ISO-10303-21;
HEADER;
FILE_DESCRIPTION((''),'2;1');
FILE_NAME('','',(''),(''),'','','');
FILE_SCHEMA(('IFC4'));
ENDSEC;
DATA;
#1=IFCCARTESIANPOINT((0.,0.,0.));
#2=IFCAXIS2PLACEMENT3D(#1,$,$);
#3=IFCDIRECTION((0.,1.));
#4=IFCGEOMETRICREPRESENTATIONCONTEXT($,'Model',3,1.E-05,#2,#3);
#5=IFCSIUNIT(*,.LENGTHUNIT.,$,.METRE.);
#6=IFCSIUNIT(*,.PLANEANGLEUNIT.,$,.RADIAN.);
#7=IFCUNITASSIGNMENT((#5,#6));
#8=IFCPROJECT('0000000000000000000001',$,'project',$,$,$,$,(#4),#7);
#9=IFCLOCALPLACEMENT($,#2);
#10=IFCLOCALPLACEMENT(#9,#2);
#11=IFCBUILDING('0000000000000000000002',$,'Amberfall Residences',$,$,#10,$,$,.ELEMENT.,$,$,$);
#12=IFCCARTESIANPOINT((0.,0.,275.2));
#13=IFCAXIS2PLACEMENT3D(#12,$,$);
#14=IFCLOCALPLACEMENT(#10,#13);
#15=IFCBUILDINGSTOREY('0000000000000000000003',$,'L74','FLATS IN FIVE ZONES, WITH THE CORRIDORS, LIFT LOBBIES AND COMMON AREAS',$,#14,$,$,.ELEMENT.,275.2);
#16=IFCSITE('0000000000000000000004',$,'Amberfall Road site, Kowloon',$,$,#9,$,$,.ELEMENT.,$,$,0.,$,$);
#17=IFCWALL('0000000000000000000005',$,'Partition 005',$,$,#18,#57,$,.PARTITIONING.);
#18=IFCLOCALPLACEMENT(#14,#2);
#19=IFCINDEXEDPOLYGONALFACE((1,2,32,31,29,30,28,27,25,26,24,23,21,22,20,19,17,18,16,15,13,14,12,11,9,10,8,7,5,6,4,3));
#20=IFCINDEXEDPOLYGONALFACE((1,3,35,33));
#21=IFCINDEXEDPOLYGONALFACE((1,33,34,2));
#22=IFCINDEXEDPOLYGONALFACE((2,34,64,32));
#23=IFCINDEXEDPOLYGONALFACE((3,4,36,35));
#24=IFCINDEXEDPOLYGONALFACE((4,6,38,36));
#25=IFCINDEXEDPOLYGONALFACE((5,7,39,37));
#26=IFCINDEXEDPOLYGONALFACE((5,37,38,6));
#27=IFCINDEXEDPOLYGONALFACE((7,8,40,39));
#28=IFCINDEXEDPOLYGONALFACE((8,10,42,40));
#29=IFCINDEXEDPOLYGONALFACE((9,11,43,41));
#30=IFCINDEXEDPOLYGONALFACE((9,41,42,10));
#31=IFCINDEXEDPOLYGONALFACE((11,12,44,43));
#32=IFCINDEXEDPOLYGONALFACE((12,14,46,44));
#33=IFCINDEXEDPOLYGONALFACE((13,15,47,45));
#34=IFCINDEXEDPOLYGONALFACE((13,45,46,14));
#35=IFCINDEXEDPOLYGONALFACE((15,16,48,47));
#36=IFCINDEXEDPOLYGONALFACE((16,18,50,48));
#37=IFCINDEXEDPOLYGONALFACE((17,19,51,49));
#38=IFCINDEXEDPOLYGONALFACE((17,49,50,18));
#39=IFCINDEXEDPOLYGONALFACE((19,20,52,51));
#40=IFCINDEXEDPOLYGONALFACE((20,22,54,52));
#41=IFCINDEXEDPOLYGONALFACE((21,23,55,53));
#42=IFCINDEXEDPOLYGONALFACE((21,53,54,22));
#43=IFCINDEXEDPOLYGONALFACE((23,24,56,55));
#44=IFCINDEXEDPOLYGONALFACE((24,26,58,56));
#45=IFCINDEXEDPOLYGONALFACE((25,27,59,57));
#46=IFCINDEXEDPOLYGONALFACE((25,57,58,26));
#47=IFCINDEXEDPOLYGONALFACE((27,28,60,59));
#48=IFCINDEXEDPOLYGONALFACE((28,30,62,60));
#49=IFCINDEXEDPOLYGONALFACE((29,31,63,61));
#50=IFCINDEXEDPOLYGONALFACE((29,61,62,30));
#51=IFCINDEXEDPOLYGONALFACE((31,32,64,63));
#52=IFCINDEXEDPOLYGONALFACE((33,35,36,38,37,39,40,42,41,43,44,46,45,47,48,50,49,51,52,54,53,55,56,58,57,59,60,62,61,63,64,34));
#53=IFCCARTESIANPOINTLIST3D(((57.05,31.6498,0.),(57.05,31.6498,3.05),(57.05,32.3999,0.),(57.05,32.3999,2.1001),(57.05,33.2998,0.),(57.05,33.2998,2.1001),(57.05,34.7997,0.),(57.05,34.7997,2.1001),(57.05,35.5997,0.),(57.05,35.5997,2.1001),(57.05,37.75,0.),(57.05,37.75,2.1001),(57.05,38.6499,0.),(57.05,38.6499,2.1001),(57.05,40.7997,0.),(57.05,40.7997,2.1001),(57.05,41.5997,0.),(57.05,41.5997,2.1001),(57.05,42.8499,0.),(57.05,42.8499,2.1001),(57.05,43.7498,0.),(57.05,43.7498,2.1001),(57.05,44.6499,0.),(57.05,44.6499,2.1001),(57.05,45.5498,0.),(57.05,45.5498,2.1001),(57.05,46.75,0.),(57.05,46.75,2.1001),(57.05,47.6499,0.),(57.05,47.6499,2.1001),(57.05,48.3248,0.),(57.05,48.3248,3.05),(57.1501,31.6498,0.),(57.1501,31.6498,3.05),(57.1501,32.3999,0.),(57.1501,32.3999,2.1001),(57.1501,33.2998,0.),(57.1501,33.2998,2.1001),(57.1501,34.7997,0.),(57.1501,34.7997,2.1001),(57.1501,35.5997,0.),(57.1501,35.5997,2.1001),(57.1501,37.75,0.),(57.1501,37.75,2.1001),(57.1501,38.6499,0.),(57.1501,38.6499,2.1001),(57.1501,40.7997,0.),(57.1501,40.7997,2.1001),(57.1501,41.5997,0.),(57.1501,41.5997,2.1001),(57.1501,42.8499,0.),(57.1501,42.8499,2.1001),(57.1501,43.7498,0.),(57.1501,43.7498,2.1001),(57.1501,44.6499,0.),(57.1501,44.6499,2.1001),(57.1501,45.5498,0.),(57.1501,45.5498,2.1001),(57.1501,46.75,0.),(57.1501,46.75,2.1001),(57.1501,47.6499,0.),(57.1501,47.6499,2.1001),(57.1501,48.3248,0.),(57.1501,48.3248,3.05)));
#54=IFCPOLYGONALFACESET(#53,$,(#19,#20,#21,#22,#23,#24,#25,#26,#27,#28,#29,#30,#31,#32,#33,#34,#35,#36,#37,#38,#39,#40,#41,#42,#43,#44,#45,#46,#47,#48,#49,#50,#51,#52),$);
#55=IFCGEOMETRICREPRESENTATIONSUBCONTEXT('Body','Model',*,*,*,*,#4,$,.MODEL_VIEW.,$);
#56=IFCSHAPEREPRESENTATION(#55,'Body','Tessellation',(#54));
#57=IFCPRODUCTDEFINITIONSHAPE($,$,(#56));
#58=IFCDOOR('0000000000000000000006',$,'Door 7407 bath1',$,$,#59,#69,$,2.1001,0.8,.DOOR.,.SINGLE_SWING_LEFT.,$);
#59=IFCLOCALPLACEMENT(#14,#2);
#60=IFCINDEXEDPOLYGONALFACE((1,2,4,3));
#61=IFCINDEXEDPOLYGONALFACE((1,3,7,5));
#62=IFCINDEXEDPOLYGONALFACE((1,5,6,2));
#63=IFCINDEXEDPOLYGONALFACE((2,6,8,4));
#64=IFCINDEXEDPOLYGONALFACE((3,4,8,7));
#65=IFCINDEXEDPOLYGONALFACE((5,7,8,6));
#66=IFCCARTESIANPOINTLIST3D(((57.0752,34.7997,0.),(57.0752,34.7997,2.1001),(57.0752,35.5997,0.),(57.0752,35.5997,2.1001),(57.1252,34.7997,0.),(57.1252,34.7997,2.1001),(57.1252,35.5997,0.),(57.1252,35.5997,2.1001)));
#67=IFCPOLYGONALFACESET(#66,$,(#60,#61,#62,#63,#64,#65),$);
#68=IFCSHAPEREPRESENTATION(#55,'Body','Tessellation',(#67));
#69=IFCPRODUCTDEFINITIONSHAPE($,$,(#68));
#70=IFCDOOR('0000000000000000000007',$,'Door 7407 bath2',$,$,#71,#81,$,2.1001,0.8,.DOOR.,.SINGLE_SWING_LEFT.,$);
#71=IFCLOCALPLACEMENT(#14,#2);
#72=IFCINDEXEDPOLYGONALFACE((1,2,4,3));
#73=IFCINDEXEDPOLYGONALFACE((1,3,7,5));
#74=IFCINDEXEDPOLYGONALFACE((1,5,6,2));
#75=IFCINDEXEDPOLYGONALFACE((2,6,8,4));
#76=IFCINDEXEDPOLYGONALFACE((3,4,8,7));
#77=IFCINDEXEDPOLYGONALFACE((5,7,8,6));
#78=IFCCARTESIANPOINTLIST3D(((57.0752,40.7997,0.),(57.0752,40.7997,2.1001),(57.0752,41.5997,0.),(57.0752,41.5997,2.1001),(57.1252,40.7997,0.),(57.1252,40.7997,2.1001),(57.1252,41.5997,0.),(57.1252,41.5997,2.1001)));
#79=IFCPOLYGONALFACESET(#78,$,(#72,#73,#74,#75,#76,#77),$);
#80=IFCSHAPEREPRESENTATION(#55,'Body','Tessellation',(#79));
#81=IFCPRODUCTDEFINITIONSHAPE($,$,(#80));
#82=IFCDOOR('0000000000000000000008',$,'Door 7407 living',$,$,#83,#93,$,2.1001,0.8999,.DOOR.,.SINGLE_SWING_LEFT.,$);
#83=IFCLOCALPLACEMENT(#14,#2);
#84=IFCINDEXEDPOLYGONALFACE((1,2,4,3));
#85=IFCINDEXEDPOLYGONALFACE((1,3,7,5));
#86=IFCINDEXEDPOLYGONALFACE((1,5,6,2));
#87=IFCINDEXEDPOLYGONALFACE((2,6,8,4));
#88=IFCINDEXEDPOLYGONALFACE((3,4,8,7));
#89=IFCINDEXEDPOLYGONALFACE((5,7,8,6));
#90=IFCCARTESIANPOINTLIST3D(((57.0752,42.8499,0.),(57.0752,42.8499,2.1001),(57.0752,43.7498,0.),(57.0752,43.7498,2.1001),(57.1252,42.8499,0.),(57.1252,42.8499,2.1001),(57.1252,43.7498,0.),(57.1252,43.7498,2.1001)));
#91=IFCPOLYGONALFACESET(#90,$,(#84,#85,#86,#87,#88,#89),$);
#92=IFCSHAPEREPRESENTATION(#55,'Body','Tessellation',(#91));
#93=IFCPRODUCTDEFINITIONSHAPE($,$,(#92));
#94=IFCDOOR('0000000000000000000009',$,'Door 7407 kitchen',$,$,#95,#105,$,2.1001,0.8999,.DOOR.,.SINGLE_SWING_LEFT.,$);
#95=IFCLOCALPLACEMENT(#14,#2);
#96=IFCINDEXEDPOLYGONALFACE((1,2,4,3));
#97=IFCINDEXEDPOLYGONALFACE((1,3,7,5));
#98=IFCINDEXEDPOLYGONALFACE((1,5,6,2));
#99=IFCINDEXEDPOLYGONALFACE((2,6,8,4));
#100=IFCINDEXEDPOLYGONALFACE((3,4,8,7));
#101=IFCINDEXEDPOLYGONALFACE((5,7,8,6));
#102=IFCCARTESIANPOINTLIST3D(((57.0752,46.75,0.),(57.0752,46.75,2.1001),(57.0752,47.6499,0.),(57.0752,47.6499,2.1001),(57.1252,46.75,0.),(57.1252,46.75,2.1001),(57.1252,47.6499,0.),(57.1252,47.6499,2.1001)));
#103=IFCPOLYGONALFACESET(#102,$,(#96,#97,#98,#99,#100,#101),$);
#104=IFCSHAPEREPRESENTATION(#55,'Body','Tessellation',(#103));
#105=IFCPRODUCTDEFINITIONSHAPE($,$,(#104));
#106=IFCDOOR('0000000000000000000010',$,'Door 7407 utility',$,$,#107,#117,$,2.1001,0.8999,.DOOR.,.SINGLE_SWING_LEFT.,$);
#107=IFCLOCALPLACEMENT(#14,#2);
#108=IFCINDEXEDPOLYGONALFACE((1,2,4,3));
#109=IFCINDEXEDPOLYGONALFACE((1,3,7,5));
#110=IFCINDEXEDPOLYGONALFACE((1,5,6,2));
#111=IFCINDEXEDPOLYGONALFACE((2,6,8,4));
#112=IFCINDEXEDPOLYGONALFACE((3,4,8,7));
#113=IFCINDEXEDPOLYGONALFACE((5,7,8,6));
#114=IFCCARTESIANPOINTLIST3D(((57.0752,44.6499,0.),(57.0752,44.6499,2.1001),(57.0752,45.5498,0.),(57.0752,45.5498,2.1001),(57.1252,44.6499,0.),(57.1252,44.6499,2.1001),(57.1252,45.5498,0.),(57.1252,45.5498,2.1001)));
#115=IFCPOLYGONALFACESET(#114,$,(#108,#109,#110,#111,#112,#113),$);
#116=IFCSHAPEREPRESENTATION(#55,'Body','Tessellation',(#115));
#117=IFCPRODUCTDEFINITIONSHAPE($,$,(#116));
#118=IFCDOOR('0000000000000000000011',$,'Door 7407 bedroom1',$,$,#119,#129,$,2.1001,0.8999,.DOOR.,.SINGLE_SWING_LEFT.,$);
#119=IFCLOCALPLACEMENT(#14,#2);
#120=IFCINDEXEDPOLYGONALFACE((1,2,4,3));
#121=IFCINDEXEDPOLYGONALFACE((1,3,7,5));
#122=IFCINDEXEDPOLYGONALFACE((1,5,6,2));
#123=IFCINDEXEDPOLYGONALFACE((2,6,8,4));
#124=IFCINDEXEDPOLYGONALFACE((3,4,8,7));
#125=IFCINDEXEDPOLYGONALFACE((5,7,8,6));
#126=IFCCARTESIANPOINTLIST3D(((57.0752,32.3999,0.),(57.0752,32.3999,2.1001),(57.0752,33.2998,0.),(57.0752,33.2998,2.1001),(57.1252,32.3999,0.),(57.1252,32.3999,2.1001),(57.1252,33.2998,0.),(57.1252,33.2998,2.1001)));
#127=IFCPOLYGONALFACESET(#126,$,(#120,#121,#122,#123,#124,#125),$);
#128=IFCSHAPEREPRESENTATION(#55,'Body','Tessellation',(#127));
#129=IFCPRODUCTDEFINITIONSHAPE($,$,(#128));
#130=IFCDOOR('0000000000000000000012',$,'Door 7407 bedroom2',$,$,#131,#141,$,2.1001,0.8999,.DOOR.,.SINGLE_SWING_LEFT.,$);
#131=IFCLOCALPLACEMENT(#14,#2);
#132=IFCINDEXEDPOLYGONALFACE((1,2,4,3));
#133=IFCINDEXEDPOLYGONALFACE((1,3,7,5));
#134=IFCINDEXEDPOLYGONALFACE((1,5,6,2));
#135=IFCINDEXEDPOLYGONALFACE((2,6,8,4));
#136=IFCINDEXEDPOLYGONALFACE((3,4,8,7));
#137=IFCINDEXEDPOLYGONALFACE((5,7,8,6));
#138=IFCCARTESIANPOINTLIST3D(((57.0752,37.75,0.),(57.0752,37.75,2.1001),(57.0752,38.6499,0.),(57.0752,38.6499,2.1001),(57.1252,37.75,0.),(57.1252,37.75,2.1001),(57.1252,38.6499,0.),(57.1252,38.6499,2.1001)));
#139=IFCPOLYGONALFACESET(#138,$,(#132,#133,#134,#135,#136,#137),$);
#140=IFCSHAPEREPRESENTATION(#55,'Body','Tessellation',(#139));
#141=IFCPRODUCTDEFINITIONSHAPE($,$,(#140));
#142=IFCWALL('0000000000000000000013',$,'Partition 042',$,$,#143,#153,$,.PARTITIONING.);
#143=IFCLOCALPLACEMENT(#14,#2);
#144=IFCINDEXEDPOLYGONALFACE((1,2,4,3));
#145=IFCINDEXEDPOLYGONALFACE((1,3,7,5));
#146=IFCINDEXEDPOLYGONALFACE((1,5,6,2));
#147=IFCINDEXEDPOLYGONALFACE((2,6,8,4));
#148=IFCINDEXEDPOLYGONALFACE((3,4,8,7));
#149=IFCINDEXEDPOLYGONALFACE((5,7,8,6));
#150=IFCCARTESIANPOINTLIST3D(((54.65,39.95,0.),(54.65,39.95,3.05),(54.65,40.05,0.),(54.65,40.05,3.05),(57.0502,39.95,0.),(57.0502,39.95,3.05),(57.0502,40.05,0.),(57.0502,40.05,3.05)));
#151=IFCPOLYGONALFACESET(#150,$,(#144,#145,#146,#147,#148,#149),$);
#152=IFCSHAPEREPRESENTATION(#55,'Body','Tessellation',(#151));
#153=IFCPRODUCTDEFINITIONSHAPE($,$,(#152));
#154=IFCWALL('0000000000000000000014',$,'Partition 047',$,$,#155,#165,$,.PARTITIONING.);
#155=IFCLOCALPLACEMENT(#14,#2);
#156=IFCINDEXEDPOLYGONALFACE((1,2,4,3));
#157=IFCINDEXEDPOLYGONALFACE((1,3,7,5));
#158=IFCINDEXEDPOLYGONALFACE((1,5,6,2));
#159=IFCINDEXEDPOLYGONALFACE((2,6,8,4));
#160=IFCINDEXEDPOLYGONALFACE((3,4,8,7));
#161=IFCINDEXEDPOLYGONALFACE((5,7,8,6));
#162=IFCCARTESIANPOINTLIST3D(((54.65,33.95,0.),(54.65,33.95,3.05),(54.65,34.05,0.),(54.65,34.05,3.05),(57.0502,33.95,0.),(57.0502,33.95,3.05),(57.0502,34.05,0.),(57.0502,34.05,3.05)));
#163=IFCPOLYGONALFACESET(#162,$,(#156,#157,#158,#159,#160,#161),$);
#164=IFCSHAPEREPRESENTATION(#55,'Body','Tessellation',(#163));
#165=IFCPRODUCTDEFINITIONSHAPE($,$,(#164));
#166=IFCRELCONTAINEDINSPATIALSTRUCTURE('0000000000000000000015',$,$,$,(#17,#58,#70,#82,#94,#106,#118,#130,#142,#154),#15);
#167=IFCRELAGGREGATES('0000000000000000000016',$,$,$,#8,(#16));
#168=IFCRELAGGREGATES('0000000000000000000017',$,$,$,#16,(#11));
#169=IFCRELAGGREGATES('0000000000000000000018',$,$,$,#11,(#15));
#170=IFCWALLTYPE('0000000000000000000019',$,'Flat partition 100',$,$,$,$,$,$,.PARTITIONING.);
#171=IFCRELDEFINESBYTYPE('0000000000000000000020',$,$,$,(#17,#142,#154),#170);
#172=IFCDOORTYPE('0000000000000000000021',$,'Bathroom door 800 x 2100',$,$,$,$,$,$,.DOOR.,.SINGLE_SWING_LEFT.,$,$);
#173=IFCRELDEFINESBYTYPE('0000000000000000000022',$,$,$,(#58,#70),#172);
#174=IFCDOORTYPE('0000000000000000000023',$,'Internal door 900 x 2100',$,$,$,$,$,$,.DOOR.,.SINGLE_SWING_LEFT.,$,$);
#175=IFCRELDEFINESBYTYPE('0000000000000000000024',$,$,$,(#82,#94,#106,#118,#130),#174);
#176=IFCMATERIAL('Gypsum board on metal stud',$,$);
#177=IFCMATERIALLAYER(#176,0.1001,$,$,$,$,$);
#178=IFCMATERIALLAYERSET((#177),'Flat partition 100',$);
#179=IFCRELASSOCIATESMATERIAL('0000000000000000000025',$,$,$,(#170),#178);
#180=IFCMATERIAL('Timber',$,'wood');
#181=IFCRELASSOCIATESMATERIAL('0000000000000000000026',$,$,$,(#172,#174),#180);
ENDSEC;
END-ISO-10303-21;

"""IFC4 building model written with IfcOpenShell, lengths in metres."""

from ifc_helpers import new_model, si_unit, direction, frame, frame_2d, origin, place, context, subcontext, project, spatial, rectangle, extrude, material, layer, layer_set, type_object, element, fill, save


model = new_model("IFC4")

# Units and contexts
model_context = context("Model", 3, precision=1e-05, world=origin(), true_north=direction((0.0, 1.0)))
body_context = subcontext(model_context, "Body", "Model", "MODEL_VIEW")
ifc_project = project(units=[si_unit("LENGTHUNIT", "METRE"), si_unit("PLANEANGLEUNIT", "RADIAN")], contexts=[model_context])

# Site, building, storey
site_placement = place(None, origin())
site = spatial("IfcSite", under=ifc_project, at=site_placement, Name="Amberfall Road site, Kowloon", CompositionType="ELEMENT", RefElevation=0.0)
building_placement = place(site_placement, origin())
building = spatial("IfcBuilding", under=site, at=building_placement, Name="Amberfall Residences", CompositionType="ELEMENT")
storey_placement = place(building_placement, frame((0.0, 0.0, 275.2)))
storey = spatial("IfcBuildingStorey", under=building, at=storey_placement, Name="L74", Description="FLATS IN FIVE ZONES, WITH THE CORRIDORS, LIFT LOBBIES AND COMMON AREAS", CompositionType="ELEMENT", Elevation=275.2)

# Shared definitions
ifc_material_1 = material(Name="Gypsum board on metal stud")
ifc_layer_1 = layer(ifc_material_1, 0.1001)
ifc_layer_set_1 = layer_set([ifc_layer_1], Name="Flat partition 100")
wall_type_1 = type_object("IfcWallType", Name="Flat partition 100", PredefinedType="PARTITIONING", material=ifc_layer_set_1)

# Wall, openings, doors
wall_1_placement = place(storey_placement, frame((57.1001, 31.6499, 0.0), z_axis=(0.0, 0.0, 1.0), x_axis=(0.0, 1.0, 0.0)))
wall_1 = element("IfcWall", 1, at=wall_1_placement, inside=storey, type_object=wall_type_1, Name="Partition 005", PredefinedType="PARTITIONING", context=body_context, shape_type="SweptSolid", body=[
    extrude(rectangle(XDim=16.675, YDim=0.1001, at=frame_2d((8.3374, 0.0))), origin(), (0.0, 0.0, 1.0), 3.05),
])
opening_1_placement = place(wall_1_placement, frame((11.2, 0.0, 0.0)))
opening_1 = element("IfcOpeningElement", 2, at=opening_1_placement, cuts=wall_1, PredefinedType="OPENING", context=body_context, shape_type="SweptSolid", body=[
    extrude(rectangle(XDim=0.8999, YDim=2.1001, at=frame_2d((0.45, 1.05))), frame((0.0, 0.0601, 0.0), z_axis=(0.0, -1.0, 0.0), x_axis=(1.0, 0.0, 0.0)), (0.0, 0.0, 1.0), 0.1201),
])
opening_2_placement = place(wall_1_placement, frame((15.1001, 0.0, 0.0)))
opening_2 = element("IfcOpeningElement", 3, at=opening_2_placement, cuts=wall_1, PredefinedType="OPENING", context=body_context, shape_type="SweptSolid", body=[
    extrude(rectangle(XDim=0.8999, YDim=2.1001, at=frame_2d((0.45, 1.05))), frame((0.0, 0.0601, 0.0), z_axis=(0.0, -1.0, 0.0), x_axis=(1.0, 0.0, 0.0)), (0.0, 0.0, 1.0), 0.1201),
])
opening_3_placement = place(wall_1_placement, frame((13.0, 0.0, 0.0)))
opening_3 = element("IfcOpeningElement", 4, at=opening_3_placement, cuts=wall_1, PredefinedType="OPENING", context=body_context, shape_type="SweptSolid", body=[
    extrude(rectangle(XDim=0.8999, YDim=2.1001, at=frame_2d((0.45, 1.05))), frame((0.0, 0.0601, 0.0), z_axis=(0.0, -1.0, 0.0), x_axis=(1.0, 0.0, 0.0)), (0.0, 0.0, 1.0), 0.1201),
])
opening_4_placement = place(wall_1_placement, frame((0.75, 0.0, 0.0)))
opening_4 = element("IfcOpeningElement", 5, at=opening_4_placement, cuts=wall_1, PredefinedType="OPENING", context=body_context, shape_type="SweptSolid", body=[
    extrude(rectangle(XDim=0.8999, YDim=2.1001, at=frame_2d((0.45, 1.05))), frame((0.0, 0.0601, 0.0), z_axis=(0.0, -1.0, 0.0), x_axis=(1.0, 0.0, 0.0)), (0.0, 0.0, 1.0), 0.1201),
])
opening_5_placement = place(wall_1_placement, frame((6.1001, 0.0, 0.0)))
opening_5 = element("IfcOpeningElement", 6, at=opening_5_placement, cuts=wall_1, PredefinedType="OPENING", context=body_context, shape_type="SweptSolid", body=[
    extrude(rectangle(XDim=0.8999, YDim=2.1001, at=frame_2d((0.45, 1.05))), frame((0.0, 0.0601, 0.0), z_axis=(0.0, -1.0, 0.0), x_axis=(1.0, 0.0, 0.0)), (0.0, 0.0, 1.0), 0.1201),
])
opening_6_placement = place(wall_1_placement, frame((3.1499, 0.0, 0.0)))
opening_6 = element("IfcOpeningElement", 7, at=opening_6_placement, cuts=wall_1, PredefinedType="OPENING", context=body_context, shape_type="SweptSolid", body=[
    extrude(rectangle(XDim=0.8, YDim=2.1001, at=frame_2d((0.3999, 1.05))), frame((0.0, 0.0601, 0.0), z_axis=(0.0, -1.0, 0.0), x_axis=(1.0, 0.0, 0.0)), (0.0, 0.0, 1.0), 0.1201),
])
opening_7_placement = place(wall_1_placement, frame((9.1499, 0.0, 0.0)))
opening_7 = element("IfcOpeningElement", 8, at=opening_7_placement, cuts=wall_1, PredefinedType="OPENING", context=body_context, shape_type="SweptSolid", body=[
    extrude(rectangle(XDim=0.8, YDim=2.1001, at=frame_2d((0.3999, 1.05))), frame((0.0, 0.0601, 0.0), z_axis=(0.0, -1.0, 0.0), x_axis=(1.0, 0.0, 0.0)), (0.0, 0.0, 1.0), 0.1201),
])
ifc_material_2 = material(Name="Timber", Category="wood")
door_type_1 = type_object("IfcDoorType", Name="Bathroom door 800 x 2100", OperationType="SINGLE_SWING_LEFT", PredefinedType="DOOR", material=ifc_material_2)
door_1_placement = place(opening_6_placement, origin())
door_1 = element("IfcDoor", 9, at=door_1_placement, inside=storey, type_object=door_type_1, Name="Door 7407 bath1", OperationType="SINGLE_SWING_LEFT", OverallHeight=2.1001, OverallWidth=0.8, PredefinedType="DOOR", context=body_context, shape_type="SweptSolid", body=[
    extrude(rectangle(XDim=0.8, YDim=2.1001, at=frame_2d((0.3999, 1.05))), frame((0.0, 0.0249, 0.0), z_axis=(0.0, -1.0, 0.0), x_axis=(1.0, 0.0, 0.0)), (0.0, 0.0, 1.0), 0.05),
])
fill(opening_6, door_1)
door_2_placement = place(opening_7_placement, origin())
door_2 = element("IfcDoor", 10, at=door_2_placement, inside=storey, type_object=door_type_1, Name="Door 7407 bath2", OperationType="SINGLE_SWING_LEFT", OverallHeight=2.1001, OverallWidth=0.8, PredefinedType="DOOR", context=body_context, shape_type="SweptSolid", body=[
    extrude(rectangle(XDim=0.8, YDim=2.1001, at=frame_2d((0.3999, 1.05))), frame((0.0, 0.0249, 0.0), z_axis=(0.0, -1.0, 0.0), x_axis=(1.0, 0.0, 0.0)), (0.0, 0.0, 1.0), 0.05),
])
fill(opening_7, door_2)
door_type_2 = type_object("IfcDoorType", Name="Internal door 900 x 2100", OperationType="SINGLE_SWING_LEFT", PredefinedType="DOOR", material=ifc_material_2)
door_3_placement = place(opening_1_placement, origin())
door_3 = element("IfcDoor", 11, at=door_3_placement, inside=storey, type_object=door_type_2, Name="Door 7407 living", OperationType="SINGLE_SWING_LEFT", OverallHeight=2.1001, OverallWidth=0.8999, PredefinedType="DOOR", context=body_context, shape_type="SweptSolid", body=[
    extrude(rectangle(XDim=0.8999, YDim=2.1001, at=frame_2d((0.45, 1.05))), frame((0.0, 0.0249, 0.0), z_axis=(0.0, -1.0, 0.0), x_axis=(1.0, 0.0, 0.0)), (0.0, 0.0, 1.0), 0.05),
])
fill(opening_1, door_3)
door_4_placement = place(opening_2_placement, origin())
door_4 = element("IfcDoor", 12, at=door_4_placement, inside=storey, type_object=door_type_2, Name="Door 7407 kitchen", OperationType="SINGLE_SWING_LEFT", OverallHeight=2.1001, OverallWidth=0.8999, PredefinedType="DOOR", context=body_context, shape_type="SweptSolid", body=[
    extrude(rectangle(XDim=0.8999, YDim=2.1001, at=frame_2d((0.45, 1.05))), frame((0.0, 0.0249, 0.0), z_axis=(0.0, -1.0, 0.0), x_axis=(1.0, 0.0, 0.0)), (0.0, 0.0, 1.0), 0.05),
])
fill(opening_2, door_4)
door_5_placement = place(opening_3_placement, origin())
door_5 = element("IfcDoor", 13, at=door_5_placement, inside=storey, type_object=door_type_2, Name="Door 7407 utility", OperationType="SINGLE_SWING_LEFT", OverallHeight=2.1001, OverallWidth=0.8999, PredefinedType="DOOR", context=body_context, shape_type="SweptSolid", body=[
    extrude(rectangle(XDim=0.8999, YDim=2.1001, at=frame_2d((0.45, 1.05))), frame((0.0, 0.0249, 0.0), z_axis=(0.0, -1.0, 0.0), x_axis=(1.0, 0.0, 0.0)), (0.0, 0.0, 1.0), 0.05),
])
fill(opening_3, door_5)
door_6_placement = place(opening_4_placement, origin())
door_6 = element("IfcDoor", 14, at=door_6_placement, inside=storey, type_object=door_type_2, Name="Door 7407 bedroom1", OperationType="SINGLE_SWING_LEFT", OverallHeight=2.1001, OverallWidth=0.8999, PredefinedType="DOOR", context=body_context, shape_type="SweptSolid", body=[
    extrude(rectangle(XDim=0.8999, YDim=2.1001, at=frame_2d((0.45, 1.05))), frame((0.0, 0.0249, 0.0), z_axis=(0.0, -1.0, 0.0), x_axis=(1.0, 0.0, 0.0)), (0.0, 0.0, 1.0), 0.05),
])
fill(opening_4, door_6)
door_7_placement = place(opening_5_placement, origin())
door_7 = element("IfcDoor", 15, at=door_7_placement, inside=storey, type_object=door_type_2, Name="Door 7407 bedroom2", OperationType="SINGLE_SWING_LEFT", OverallHeight=2.1001, OverallWidth=0.8999, PredefinedType="DOOR", context=body_context, shape_type="SweptSolid", body=[
    extrude(rectangle(XDim=0.8999, YDim=2.1001, at=frame_2d((0.45, 1.05))), frame((0.0, 0.0249, 0.0), z_axis=(0.0, -1.0, 0.0), x_axis=(1.0, 0.0, 0.0)), (0.0, 0.0, 1.0), 0.05),
])
fill(opening_5, door_7)

# Walls
for number, where, z_axis, x_axis, name in (
    (16, (54.6499, 40.0, 0.0), (0.0, 0.0, 1.0), (1.0, 0.0, 0.0), "Partition 042"),
    (17, (54.6499, 34.0, 0.0), (0.0, 0.0, 1.0), (1.0, 0.0, 0.0), "Partition 047"),
):
    element("IfcWall", number, at=place(storey_placement, frame(where, z_axis=z_axis, x_axis=x_axis)), inside=storey, type_object=wall_type_1, Name=name, PredefinedType="PARTITIONING", context=body_context, shape_type="SweptSolid", body=[
        extrude(rectangle(XDim=2.4001, YDim=0.1001, at=frame_2d((1.2002, 0.0))), origin(), (0.0, 0.0, 1.0), 3.05),
    ])

save(model, "model.ifc")
